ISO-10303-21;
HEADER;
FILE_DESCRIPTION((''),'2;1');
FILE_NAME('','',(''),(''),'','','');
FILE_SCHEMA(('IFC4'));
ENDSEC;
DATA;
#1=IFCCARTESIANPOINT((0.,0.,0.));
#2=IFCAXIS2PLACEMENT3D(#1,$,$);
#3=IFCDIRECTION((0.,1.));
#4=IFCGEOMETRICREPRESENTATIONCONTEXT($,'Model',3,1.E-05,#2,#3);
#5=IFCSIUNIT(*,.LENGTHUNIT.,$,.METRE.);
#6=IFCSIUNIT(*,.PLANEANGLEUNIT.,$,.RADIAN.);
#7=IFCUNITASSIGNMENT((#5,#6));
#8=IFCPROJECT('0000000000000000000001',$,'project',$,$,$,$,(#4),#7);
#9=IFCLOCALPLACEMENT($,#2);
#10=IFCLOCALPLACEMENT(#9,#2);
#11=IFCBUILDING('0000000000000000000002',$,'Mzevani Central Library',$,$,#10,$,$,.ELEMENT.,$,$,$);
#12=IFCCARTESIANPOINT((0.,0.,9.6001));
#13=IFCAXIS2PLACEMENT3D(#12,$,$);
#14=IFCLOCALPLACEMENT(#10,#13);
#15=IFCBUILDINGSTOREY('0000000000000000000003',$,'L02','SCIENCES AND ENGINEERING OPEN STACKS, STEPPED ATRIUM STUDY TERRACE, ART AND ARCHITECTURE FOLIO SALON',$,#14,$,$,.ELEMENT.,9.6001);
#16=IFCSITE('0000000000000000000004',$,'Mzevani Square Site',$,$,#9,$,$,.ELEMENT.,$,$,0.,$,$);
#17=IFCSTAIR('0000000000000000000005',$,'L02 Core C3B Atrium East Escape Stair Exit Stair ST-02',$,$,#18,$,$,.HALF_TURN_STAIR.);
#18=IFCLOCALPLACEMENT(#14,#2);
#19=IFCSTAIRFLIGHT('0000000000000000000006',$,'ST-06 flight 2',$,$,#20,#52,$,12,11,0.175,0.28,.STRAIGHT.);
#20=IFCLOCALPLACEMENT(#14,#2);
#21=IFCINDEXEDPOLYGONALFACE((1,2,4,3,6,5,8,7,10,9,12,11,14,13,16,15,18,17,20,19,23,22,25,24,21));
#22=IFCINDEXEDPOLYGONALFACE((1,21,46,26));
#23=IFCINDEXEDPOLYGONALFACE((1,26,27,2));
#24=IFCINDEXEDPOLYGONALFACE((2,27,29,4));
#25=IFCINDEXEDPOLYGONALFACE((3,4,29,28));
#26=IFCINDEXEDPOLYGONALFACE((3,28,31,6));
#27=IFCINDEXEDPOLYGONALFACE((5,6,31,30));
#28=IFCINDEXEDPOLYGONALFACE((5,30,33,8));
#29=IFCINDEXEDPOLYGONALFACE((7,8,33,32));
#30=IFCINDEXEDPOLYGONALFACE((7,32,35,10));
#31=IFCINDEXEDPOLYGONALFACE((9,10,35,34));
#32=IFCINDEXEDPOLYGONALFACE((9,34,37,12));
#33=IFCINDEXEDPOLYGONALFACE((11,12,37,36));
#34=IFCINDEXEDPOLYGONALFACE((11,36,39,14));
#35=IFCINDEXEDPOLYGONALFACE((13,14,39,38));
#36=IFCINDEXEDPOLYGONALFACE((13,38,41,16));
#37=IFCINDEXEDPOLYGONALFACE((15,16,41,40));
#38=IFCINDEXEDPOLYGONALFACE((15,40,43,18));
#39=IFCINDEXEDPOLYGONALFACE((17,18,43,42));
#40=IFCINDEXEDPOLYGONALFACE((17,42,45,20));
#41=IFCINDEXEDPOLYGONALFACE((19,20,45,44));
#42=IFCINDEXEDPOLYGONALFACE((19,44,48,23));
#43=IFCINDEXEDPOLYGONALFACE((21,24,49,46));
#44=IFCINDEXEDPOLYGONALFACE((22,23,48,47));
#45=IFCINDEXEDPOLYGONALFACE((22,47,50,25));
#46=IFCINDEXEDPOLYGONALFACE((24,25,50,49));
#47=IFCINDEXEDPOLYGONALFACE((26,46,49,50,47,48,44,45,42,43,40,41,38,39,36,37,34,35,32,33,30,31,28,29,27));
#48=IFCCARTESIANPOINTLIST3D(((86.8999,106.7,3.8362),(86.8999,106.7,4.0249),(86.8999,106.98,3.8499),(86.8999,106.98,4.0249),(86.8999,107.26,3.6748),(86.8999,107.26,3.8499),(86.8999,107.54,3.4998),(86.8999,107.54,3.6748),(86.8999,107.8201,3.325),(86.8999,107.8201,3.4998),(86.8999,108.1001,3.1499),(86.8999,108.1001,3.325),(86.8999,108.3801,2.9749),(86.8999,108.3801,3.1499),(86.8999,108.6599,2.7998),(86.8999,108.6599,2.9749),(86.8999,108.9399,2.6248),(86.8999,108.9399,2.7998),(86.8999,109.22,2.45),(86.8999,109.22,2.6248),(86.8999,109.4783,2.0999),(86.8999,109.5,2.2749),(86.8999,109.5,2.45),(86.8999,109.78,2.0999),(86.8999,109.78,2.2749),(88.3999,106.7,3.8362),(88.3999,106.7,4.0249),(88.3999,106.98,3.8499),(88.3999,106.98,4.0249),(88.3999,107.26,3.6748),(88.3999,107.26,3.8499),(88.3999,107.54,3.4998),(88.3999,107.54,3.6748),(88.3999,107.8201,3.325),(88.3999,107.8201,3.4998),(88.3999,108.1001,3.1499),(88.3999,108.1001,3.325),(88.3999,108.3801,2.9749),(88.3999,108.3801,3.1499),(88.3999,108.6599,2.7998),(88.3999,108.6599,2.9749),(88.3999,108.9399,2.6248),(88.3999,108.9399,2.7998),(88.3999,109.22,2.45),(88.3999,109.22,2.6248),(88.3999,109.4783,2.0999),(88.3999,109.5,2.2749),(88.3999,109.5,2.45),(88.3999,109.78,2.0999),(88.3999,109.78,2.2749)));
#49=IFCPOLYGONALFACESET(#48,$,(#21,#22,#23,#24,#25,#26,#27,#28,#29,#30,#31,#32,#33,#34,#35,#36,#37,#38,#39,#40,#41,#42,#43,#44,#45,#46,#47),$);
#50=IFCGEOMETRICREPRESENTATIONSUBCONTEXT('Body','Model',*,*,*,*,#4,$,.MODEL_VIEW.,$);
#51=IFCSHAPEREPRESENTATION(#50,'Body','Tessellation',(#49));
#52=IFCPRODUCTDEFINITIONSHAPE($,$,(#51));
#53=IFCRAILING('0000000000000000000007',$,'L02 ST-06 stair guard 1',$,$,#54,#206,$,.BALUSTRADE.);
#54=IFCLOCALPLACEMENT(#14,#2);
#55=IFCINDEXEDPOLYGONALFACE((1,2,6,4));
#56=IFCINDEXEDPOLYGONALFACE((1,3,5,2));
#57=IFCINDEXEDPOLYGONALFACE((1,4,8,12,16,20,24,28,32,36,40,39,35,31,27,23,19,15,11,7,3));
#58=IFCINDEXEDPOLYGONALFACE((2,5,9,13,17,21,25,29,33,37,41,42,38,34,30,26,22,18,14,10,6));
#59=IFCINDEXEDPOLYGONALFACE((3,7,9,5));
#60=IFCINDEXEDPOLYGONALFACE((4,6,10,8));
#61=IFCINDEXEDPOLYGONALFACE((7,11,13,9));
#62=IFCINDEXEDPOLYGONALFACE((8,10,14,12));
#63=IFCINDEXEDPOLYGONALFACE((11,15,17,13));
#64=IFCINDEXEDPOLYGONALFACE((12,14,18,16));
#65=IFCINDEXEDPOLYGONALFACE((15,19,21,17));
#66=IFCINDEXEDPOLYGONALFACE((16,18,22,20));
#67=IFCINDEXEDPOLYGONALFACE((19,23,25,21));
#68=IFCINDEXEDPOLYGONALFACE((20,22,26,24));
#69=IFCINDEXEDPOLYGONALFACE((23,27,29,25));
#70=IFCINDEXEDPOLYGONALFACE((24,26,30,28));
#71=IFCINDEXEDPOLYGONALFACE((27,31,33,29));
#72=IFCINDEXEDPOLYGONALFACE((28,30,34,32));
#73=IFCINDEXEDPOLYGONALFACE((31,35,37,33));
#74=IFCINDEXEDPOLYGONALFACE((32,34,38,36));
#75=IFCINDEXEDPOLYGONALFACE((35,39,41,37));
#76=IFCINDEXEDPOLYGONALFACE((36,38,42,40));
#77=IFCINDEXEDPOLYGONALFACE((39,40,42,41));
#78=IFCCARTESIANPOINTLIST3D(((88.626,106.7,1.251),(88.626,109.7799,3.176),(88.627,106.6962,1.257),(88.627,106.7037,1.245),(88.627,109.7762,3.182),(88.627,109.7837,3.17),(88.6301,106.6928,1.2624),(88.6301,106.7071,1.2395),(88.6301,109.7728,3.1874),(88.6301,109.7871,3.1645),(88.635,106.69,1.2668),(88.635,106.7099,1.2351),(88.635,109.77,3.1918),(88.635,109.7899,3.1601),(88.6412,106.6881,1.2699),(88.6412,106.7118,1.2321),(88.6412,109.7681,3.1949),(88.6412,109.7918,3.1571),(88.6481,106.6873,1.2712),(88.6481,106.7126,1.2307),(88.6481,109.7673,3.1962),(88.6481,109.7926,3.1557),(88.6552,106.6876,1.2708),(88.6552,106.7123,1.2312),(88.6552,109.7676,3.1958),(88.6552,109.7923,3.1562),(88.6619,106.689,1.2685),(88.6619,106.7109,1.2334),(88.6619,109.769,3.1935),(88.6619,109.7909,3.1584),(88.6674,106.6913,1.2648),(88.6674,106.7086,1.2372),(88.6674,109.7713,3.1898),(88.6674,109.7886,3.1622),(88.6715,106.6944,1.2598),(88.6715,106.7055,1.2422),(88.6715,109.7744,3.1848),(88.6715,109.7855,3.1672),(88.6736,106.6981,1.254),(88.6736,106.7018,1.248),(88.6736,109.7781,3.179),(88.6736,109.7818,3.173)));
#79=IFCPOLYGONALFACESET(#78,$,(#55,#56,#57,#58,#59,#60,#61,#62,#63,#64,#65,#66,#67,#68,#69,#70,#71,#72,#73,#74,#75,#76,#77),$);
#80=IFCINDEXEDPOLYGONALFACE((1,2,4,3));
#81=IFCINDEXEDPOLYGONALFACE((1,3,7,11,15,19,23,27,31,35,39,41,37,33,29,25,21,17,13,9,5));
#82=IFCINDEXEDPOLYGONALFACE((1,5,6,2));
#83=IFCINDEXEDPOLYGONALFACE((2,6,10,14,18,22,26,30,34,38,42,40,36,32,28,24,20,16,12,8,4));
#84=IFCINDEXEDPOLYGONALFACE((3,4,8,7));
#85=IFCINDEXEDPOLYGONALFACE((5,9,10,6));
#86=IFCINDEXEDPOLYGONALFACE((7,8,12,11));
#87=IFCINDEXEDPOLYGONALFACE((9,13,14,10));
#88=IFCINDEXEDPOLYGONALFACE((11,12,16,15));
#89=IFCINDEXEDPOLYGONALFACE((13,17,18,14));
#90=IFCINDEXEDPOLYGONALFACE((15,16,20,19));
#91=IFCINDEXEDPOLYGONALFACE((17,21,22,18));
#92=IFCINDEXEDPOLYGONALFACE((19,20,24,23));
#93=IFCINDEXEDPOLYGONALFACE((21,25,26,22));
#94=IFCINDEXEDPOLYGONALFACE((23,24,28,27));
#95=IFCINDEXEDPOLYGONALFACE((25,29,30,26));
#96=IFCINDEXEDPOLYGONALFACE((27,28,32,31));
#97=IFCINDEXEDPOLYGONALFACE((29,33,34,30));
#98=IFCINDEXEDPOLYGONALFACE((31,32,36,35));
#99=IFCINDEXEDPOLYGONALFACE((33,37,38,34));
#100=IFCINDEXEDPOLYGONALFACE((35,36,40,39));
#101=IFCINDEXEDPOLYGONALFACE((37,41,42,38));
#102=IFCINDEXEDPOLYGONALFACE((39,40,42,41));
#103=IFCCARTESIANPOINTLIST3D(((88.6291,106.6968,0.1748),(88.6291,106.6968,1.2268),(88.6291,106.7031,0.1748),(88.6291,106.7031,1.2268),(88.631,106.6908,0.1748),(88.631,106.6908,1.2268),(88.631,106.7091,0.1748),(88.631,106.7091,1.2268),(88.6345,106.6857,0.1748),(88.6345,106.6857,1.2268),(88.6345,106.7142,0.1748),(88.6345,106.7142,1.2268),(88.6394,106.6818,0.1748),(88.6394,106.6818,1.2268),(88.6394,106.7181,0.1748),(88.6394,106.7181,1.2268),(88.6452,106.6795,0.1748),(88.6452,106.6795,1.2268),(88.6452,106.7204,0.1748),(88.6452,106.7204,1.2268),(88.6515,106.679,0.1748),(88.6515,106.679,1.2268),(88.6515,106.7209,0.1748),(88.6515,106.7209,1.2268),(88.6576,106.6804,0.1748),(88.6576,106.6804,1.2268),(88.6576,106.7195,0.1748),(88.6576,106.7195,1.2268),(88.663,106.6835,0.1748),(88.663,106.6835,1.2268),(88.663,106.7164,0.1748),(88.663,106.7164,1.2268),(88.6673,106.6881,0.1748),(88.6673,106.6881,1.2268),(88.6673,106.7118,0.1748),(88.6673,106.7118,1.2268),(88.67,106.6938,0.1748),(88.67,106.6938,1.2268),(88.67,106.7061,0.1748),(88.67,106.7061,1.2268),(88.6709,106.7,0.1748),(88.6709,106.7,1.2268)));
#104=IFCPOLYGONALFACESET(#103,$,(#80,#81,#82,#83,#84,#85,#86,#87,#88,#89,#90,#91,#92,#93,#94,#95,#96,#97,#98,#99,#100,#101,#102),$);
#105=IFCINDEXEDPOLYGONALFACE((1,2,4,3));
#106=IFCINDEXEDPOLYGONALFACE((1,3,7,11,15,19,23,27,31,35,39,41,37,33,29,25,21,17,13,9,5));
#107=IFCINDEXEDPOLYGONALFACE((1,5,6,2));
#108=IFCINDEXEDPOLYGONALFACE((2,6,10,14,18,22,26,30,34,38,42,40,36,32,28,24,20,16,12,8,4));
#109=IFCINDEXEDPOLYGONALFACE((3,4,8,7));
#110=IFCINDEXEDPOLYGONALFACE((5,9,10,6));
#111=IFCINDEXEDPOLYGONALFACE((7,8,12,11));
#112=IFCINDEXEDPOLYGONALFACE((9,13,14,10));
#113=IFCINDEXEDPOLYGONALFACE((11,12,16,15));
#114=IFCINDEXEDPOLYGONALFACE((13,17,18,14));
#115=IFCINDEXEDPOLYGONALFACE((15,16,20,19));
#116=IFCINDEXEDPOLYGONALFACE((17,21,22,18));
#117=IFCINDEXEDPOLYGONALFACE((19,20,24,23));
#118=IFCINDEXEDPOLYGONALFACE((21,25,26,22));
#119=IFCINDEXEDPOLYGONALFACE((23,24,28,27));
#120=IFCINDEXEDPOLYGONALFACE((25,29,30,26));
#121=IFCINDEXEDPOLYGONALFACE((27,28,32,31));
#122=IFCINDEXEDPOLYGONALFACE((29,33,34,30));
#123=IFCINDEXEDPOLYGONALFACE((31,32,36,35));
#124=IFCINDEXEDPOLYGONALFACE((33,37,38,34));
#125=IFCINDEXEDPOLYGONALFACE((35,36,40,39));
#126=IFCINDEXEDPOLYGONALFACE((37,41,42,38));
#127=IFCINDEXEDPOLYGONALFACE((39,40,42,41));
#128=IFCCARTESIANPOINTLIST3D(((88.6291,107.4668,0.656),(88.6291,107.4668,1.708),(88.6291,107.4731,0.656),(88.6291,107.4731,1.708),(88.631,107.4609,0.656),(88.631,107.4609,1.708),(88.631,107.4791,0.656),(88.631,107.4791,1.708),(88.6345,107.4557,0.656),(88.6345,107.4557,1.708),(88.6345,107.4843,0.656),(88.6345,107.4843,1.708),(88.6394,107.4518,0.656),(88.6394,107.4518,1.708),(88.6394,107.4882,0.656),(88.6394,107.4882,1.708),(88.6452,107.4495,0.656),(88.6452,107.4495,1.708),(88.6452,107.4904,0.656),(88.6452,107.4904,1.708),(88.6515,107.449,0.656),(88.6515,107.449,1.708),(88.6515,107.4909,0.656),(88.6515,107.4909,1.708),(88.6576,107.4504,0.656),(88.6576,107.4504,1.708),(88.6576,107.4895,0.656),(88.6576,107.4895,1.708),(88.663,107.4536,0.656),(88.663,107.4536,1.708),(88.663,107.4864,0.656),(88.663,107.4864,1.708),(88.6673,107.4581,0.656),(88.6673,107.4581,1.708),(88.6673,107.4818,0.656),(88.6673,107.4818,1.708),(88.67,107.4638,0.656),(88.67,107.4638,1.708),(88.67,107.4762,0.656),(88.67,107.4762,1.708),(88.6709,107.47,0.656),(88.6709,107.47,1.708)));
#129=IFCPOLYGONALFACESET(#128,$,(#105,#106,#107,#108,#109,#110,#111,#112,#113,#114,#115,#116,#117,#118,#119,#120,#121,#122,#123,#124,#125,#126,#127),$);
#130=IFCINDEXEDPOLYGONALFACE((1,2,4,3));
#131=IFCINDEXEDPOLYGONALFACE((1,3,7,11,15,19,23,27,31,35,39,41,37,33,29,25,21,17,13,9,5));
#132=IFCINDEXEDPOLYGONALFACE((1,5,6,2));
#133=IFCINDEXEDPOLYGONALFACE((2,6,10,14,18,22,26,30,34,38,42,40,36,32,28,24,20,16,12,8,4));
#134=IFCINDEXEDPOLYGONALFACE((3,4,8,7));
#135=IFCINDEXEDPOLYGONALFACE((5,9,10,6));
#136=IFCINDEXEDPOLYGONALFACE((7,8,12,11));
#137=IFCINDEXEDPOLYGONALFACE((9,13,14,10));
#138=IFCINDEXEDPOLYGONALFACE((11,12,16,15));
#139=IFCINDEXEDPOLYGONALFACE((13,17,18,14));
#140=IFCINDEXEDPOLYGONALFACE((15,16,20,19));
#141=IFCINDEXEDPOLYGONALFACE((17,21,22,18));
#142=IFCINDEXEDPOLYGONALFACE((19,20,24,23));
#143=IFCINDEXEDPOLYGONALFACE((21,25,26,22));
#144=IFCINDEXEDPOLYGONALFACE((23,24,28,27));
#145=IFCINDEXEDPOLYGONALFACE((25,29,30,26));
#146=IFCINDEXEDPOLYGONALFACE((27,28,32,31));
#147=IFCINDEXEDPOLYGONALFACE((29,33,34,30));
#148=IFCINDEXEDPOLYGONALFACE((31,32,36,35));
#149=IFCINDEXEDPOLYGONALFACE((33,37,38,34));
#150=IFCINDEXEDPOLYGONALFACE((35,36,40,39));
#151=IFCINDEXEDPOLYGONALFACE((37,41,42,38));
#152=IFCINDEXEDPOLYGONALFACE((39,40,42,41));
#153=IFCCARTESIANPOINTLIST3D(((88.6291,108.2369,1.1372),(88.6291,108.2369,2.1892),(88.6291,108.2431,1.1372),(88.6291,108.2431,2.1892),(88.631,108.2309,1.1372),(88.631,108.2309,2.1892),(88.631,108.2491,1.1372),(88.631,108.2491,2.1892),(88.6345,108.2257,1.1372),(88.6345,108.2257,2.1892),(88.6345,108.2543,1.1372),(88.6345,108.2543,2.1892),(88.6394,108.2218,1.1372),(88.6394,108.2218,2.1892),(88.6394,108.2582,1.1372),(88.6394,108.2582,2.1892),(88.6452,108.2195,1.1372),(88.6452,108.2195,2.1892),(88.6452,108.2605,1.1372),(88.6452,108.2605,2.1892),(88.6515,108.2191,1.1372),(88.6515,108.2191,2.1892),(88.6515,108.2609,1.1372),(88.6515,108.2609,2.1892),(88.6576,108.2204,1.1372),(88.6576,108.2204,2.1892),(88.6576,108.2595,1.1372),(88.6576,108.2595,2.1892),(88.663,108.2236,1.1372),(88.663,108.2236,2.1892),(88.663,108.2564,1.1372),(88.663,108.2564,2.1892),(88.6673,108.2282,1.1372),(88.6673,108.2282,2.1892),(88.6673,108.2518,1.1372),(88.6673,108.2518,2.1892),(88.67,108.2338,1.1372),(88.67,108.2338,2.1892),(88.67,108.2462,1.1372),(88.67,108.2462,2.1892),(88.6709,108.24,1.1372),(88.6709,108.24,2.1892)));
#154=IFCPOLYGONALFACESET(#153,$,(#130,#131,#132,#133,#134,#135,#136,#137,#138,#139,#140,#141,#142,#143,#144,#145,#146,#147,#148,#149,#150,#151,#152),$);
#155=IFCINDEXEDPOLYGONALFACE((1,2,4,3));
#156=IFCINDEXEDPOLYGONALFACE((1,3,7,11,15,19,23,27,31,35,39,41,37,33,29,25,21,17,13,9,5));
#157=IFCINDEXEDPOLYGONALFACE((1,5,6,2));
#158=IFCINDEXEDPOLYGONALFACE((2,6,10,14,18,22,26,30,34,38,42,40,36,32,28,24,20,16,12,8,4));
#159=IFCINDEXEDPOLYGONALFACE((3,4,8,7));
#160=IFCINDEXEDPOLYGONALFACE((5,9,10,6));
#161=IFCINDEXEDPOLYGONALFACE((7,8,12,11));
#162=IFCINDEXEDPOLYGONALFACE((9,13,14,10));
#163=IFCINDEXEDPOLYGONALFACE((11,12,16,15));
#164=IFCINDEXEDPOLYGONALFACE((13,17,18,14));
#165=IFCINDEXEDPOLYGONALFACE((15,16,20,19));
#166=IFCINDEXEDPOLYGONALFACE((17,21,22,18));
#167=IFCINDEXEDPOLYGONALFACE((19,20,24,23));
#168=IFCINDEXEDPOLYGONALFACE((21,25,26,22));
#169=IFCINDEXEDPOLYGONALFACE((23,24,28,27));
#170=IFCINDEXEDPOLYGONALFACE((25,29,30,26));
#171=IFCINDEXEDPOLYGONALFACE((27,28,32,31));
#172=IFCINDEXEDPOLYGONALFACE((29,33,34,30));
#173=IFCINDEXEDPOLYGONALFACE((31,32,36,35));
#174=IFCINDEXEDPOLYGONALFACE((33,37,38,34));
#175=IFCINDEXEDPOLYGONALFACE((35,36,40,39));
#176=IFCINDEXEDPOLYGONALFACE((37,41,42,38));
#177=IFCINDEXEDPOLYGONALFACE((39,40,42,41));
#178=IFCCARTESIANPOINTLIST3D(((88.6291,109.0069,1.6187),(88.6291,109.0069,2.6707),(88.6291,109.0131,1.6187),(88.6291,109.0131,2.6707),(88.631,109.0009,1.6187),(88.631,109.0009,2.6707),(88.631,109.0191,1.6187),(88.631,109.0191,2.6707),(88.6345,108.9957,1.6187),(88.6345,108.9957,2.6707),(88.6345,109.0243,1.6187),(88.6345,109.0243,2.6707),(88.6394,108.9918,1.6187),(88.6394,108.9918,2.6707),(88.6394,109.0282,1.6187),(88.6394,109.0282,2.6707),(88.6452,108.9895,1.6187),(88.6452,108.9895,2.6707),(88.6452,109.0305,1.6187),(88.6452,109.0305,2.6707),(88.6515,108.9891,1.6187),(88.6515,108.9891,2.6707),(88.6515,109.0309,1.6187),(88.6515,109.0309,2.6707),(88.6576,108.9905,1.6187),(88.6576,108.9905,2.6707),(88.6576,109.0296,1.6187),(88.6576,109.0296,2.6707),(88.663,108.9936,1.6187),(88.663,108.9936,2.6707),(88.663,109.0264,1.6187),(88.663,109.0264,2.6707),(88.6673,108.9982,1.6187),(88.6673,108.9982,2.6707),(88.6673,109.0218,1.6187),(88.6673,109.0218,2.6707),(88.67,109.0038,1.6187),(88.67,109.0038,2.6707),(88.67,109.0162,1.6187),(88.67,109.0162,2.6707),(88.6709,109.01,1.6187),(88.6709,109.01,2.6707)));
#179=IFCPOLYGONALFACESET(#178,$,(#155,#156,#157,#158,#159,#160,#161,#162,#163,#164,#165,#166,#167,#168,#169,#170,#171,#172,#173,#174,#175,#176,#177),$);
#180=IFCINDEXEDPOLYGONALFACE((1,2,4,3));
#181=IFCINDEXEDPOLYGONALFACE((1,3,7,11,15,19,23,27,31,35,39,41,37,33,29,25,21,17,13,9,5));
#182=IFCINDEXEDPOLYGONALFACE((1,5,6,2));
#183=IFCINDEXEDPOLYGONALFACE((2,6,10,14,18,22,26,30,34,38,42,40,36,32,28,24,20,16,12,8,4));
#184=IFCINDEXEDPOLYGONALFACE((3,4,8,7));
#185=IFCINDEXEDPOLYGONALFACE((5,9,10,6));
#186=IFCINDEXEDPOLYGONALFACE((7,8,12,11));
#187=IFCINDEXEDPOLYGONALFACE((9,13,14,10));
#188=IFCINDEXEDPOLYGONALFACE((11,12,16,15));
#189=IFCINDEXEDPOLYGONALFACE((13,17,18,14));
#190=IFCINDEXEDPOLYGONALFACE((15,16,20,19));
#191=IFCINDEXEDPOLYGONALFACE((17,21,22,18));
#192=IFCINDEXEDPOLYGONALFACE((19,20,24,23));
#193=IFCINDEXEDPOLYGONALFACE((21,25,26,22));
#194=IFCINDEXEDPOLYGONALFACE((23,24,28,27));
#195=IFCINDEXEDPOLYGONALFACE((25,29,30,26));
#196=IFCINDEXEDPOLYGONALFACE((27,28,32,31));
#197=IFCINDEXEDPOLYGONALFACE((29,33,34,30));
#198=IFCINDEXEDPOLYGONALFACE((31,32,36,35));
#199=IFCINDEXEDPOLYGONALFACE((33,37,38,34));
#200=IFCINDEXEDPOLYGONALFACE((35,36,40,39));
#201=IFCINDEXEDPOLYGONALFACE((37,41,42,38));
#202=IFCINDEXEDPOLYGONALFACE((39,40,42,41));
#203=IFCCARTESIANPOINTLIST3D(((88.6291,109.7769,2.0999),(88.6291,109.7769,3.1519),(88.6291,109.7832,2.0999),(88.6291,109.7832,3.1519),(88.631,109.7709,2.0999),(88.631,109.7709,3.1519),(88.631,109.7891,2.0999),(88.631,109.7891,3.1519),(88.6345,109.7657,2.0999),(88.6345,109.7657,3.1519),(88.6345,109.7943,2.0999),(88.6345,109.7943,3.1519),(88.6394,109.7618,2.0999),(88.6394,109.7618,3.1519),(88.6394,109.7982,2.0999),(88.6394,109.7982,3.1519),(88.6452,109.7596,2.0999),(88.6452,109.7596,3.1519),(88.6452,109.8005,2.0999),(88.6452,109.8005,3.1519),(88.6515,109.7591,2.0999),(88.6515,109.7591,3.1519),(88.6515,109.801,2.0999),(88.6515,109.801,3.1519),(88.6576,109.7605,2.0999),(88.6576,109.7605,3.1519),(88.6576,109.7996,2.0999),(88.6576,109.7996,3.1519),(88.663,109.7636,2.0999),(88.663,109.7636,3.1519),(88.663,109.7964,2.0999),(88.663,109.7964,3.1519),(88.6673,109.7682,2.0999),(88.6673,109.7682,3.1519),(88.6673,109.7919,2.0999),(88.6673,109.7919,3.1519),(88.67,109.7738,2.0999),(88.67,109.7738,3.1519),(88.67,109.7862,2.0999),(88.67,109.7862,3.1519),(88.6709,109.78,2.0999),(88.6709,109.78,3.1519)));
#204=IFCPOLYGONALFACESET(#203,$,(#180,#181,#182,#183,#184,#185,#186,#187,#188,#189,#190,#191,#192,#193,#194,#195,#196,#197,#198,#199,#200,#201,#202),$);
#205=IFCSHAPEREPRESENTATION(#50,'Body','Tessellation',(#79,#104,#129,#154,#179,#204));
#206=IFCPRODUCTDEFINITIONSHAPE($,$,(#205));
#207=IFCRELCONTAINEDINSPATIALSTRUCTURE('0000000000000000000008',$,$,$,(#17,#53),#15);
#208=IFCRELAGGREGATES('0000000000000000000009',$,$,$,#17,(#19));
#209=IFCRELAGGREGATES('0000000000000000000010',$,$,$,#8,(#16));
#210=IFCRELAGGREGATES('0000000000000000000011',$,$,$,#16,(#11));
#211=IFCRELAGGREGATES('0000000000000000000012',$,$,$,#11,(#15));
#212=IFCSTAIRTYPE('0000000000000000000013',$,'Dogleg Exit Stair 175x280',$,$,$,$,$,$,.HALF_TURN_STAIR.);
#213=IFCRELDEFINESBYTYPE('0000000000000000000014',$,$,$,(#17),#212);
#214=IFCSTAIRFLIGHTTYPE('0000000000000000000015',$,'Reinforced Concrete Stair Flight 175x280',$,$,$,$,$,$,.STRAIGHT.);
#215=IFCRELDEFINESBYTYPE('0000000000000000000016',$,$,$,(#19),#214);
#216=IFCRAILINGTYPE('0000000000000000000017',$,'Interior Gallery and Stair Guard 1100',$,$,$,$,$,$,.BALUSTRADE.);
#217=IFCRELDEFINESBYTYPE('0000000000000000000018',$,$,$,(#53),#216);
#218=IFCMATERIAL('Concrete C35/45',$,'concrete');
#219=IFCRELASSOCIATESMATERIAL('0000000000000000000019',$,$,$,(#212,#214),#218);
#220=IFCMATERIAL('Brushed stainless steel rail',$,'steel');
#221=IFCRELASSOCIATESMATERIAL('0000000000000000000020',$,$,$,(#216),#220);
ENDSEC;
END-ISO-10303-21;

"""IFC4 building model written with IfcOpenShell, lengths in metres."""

from ifc_helpers import new_model, si_unit, direction, frame, origin, origin_2d, place, context, subcontext, project, spatial, polyline, circle, outline, extrude, material, type_object, element, aggregate, save


model = new_model("IFC4")

# Units and contexts
model_context = context("Model", 3, precision=1e-05, world=origin(), true_north=direction((0.0, 1.0)))
body_context = subcontext(model_context, "Body", "Model", "MODEL_VIEW")
ifc_project = project(units=[si_unit("LENGTHUNIT", "METRE"), si_unit("PLANEANGLEUNIT", "RADIAN")], contexts=[model_context])

# Site, building, storey
site_placement = place(None, origin())
site = spatial("IfcSite", under=ifc_project, at=site_placement, Name="Mzevani Square Site", CompositionType="ELEMENT", RefElevation=0.0)
building_placement = place(site_placement, origin())
building = spatial("IfcBuilding", under=site, at=building_placement, Name="Mzevani Central Library", CompositionType="ELEMENT")
storey_placement = place(building_placement, frame((0.0, 0.0, 9.6001)))
storey = spatial("IfcBuildingStorey", under=building, at=storey_placement, Name="L02", Description="SCIENCES AND ENGINEERING OPEN STACKS, STEPPED ATRIUM STUDY TERRACE, ART AND ARCHITECTURE FOLIO SALON", CompositionType="ELEMENT", Elevation=9.6001)

# Shared definitions
ifc_material_1 = material(Name="Concrete C35/45", Category="concrete")

# Stair, stair flight
stair_type = type_object("IfcStairType", Name="Dogleg Exit Stair 175x280", PredefinedType="HALF_TURN_STAIR", material=ifc_material_1)
stair_placement = place(storey_placement, origin())
stair = element("IfcStair", 1, at=stair_placement, inside=storey, type_object=stair_type, Name="L02 Core C3B Atrium East Escape Stair Exit Stair ST-02", PredefinedType="HALF_TURN_STAIR")
stair_flight_type = type_object("IfcStairFlightType", Name="Reinforced Concrete Stair Flight 175x280", PredefinedType="STRAIGHT", material=ifc_material_1)
stair_flight_1_placement = place(storey_placement, frame((87.6499, 109.78, 2.0999), z_axis=(0.0, 0.0, 1.0), x_axis=(0.0, -1.0, 0.0)))
stair_flight_1 = element("IfcStairFlight", 2, at=stair_flight_1_placement, type_object=stair_flight_type, Name="ST-06 flight 2", NumberOfRisers=12, NumberOfTreads=11, PredefinedType="STRAIGHT", RiserHeight=0.175, TreadLength=0.28, context=body_context, shape_type="SweptSolid", body=[
    extrude(outline(polyline([(0.0, 0.0), (0.0, 0.175), (0.28, 0.175), (0.28, 0.3501), (0.5601, 0.3501), (0.5601, 0.5249), (0.8401, 0.5249), (0.8401, 0.7), (1.1201, 0.7), (1.1201, 0.875), (1.3999, 0.875), (1.3999, 1.05), (1.6799, 1.05), (1.6799, 1.2251), (1.96, 1.2251), (1.96, 1.3999), (2.24, 1.3999), (2.24, 1.575), (2.52, 1.575), (2.52, 1.75), (2.8, 1.75), (2.8, 1.925), (3.0801, 1.925), (3.0801, 2.1001), (3.0801, 1.7363), (0.3018, 0.0), (0.0, 0.0)])), frame((0.0, 0.75, 0.0), z_axis=(0.0, -1.0, 0.0), x_axis=(1.0, 0.0, 0.0)), (0.0, 0.0, 1.0), 1.5),
])
aggregate(stair, [stair_flight_1])

# Railing
ifc_material_2 = material(Name="Brushed stainless steel rail", Category="steel")
railing_type_1 = type_object("IfcRailingType", Name="Interior Gallery and Stair Guard 1100", PredefinedType="BALUSTRADE", material=ifc_material_2)
railing_1_placement = place(storey_placement, frame((88.6499, 106.7, 0.1748)))
element("IfcRailing", 3, at=railing_1_placement, inside=storey, type_object=railing_type_1, Name="L02 ST-06 stair guard 1", PredefinedType="BALUSTRADE", context=body_context, shape_type="SweptSolid", body=[
    extrude(circle(Radius=0.0239, at=origin_2d()), frame((0.0, 0.0, 1.0762), z_axis=(0.0, 0.847998, 0.529999), x_axis=(-1.0, 0.0, 0.0)), (0.0, 0.0, 1.0), 3.6321),
    extrude(circle(Radius=0.021, at=origin_2d()), origin(), (0.0, 0.0, 1.0), 1.052),
    extrude(circle(Radius=0.021, at=origin_2d()), frame((0.0, 0.77, 0.4812)), (0.0, 0.0, 1.0), 1.052),
    extrude(circle(Radius=0.021, at=origin_2d()), frame((0.0, 1.54, 0.9624)), (0.0, 0.0, 1.0), 1.052),
    extrude(circle(Radius=0.021, at=origin_2d()), frame((0.0, 2.3101, 1.4438)), (0.0, 0.0, 1.0), 1.052),
    extrude(circle(Radius=0.021, at=origin_2d()), frame((0.0, 3.0801, 1.925)), (0.0, 0.0, 1.0), 1.052),
])

save(model, "model.ifc")
